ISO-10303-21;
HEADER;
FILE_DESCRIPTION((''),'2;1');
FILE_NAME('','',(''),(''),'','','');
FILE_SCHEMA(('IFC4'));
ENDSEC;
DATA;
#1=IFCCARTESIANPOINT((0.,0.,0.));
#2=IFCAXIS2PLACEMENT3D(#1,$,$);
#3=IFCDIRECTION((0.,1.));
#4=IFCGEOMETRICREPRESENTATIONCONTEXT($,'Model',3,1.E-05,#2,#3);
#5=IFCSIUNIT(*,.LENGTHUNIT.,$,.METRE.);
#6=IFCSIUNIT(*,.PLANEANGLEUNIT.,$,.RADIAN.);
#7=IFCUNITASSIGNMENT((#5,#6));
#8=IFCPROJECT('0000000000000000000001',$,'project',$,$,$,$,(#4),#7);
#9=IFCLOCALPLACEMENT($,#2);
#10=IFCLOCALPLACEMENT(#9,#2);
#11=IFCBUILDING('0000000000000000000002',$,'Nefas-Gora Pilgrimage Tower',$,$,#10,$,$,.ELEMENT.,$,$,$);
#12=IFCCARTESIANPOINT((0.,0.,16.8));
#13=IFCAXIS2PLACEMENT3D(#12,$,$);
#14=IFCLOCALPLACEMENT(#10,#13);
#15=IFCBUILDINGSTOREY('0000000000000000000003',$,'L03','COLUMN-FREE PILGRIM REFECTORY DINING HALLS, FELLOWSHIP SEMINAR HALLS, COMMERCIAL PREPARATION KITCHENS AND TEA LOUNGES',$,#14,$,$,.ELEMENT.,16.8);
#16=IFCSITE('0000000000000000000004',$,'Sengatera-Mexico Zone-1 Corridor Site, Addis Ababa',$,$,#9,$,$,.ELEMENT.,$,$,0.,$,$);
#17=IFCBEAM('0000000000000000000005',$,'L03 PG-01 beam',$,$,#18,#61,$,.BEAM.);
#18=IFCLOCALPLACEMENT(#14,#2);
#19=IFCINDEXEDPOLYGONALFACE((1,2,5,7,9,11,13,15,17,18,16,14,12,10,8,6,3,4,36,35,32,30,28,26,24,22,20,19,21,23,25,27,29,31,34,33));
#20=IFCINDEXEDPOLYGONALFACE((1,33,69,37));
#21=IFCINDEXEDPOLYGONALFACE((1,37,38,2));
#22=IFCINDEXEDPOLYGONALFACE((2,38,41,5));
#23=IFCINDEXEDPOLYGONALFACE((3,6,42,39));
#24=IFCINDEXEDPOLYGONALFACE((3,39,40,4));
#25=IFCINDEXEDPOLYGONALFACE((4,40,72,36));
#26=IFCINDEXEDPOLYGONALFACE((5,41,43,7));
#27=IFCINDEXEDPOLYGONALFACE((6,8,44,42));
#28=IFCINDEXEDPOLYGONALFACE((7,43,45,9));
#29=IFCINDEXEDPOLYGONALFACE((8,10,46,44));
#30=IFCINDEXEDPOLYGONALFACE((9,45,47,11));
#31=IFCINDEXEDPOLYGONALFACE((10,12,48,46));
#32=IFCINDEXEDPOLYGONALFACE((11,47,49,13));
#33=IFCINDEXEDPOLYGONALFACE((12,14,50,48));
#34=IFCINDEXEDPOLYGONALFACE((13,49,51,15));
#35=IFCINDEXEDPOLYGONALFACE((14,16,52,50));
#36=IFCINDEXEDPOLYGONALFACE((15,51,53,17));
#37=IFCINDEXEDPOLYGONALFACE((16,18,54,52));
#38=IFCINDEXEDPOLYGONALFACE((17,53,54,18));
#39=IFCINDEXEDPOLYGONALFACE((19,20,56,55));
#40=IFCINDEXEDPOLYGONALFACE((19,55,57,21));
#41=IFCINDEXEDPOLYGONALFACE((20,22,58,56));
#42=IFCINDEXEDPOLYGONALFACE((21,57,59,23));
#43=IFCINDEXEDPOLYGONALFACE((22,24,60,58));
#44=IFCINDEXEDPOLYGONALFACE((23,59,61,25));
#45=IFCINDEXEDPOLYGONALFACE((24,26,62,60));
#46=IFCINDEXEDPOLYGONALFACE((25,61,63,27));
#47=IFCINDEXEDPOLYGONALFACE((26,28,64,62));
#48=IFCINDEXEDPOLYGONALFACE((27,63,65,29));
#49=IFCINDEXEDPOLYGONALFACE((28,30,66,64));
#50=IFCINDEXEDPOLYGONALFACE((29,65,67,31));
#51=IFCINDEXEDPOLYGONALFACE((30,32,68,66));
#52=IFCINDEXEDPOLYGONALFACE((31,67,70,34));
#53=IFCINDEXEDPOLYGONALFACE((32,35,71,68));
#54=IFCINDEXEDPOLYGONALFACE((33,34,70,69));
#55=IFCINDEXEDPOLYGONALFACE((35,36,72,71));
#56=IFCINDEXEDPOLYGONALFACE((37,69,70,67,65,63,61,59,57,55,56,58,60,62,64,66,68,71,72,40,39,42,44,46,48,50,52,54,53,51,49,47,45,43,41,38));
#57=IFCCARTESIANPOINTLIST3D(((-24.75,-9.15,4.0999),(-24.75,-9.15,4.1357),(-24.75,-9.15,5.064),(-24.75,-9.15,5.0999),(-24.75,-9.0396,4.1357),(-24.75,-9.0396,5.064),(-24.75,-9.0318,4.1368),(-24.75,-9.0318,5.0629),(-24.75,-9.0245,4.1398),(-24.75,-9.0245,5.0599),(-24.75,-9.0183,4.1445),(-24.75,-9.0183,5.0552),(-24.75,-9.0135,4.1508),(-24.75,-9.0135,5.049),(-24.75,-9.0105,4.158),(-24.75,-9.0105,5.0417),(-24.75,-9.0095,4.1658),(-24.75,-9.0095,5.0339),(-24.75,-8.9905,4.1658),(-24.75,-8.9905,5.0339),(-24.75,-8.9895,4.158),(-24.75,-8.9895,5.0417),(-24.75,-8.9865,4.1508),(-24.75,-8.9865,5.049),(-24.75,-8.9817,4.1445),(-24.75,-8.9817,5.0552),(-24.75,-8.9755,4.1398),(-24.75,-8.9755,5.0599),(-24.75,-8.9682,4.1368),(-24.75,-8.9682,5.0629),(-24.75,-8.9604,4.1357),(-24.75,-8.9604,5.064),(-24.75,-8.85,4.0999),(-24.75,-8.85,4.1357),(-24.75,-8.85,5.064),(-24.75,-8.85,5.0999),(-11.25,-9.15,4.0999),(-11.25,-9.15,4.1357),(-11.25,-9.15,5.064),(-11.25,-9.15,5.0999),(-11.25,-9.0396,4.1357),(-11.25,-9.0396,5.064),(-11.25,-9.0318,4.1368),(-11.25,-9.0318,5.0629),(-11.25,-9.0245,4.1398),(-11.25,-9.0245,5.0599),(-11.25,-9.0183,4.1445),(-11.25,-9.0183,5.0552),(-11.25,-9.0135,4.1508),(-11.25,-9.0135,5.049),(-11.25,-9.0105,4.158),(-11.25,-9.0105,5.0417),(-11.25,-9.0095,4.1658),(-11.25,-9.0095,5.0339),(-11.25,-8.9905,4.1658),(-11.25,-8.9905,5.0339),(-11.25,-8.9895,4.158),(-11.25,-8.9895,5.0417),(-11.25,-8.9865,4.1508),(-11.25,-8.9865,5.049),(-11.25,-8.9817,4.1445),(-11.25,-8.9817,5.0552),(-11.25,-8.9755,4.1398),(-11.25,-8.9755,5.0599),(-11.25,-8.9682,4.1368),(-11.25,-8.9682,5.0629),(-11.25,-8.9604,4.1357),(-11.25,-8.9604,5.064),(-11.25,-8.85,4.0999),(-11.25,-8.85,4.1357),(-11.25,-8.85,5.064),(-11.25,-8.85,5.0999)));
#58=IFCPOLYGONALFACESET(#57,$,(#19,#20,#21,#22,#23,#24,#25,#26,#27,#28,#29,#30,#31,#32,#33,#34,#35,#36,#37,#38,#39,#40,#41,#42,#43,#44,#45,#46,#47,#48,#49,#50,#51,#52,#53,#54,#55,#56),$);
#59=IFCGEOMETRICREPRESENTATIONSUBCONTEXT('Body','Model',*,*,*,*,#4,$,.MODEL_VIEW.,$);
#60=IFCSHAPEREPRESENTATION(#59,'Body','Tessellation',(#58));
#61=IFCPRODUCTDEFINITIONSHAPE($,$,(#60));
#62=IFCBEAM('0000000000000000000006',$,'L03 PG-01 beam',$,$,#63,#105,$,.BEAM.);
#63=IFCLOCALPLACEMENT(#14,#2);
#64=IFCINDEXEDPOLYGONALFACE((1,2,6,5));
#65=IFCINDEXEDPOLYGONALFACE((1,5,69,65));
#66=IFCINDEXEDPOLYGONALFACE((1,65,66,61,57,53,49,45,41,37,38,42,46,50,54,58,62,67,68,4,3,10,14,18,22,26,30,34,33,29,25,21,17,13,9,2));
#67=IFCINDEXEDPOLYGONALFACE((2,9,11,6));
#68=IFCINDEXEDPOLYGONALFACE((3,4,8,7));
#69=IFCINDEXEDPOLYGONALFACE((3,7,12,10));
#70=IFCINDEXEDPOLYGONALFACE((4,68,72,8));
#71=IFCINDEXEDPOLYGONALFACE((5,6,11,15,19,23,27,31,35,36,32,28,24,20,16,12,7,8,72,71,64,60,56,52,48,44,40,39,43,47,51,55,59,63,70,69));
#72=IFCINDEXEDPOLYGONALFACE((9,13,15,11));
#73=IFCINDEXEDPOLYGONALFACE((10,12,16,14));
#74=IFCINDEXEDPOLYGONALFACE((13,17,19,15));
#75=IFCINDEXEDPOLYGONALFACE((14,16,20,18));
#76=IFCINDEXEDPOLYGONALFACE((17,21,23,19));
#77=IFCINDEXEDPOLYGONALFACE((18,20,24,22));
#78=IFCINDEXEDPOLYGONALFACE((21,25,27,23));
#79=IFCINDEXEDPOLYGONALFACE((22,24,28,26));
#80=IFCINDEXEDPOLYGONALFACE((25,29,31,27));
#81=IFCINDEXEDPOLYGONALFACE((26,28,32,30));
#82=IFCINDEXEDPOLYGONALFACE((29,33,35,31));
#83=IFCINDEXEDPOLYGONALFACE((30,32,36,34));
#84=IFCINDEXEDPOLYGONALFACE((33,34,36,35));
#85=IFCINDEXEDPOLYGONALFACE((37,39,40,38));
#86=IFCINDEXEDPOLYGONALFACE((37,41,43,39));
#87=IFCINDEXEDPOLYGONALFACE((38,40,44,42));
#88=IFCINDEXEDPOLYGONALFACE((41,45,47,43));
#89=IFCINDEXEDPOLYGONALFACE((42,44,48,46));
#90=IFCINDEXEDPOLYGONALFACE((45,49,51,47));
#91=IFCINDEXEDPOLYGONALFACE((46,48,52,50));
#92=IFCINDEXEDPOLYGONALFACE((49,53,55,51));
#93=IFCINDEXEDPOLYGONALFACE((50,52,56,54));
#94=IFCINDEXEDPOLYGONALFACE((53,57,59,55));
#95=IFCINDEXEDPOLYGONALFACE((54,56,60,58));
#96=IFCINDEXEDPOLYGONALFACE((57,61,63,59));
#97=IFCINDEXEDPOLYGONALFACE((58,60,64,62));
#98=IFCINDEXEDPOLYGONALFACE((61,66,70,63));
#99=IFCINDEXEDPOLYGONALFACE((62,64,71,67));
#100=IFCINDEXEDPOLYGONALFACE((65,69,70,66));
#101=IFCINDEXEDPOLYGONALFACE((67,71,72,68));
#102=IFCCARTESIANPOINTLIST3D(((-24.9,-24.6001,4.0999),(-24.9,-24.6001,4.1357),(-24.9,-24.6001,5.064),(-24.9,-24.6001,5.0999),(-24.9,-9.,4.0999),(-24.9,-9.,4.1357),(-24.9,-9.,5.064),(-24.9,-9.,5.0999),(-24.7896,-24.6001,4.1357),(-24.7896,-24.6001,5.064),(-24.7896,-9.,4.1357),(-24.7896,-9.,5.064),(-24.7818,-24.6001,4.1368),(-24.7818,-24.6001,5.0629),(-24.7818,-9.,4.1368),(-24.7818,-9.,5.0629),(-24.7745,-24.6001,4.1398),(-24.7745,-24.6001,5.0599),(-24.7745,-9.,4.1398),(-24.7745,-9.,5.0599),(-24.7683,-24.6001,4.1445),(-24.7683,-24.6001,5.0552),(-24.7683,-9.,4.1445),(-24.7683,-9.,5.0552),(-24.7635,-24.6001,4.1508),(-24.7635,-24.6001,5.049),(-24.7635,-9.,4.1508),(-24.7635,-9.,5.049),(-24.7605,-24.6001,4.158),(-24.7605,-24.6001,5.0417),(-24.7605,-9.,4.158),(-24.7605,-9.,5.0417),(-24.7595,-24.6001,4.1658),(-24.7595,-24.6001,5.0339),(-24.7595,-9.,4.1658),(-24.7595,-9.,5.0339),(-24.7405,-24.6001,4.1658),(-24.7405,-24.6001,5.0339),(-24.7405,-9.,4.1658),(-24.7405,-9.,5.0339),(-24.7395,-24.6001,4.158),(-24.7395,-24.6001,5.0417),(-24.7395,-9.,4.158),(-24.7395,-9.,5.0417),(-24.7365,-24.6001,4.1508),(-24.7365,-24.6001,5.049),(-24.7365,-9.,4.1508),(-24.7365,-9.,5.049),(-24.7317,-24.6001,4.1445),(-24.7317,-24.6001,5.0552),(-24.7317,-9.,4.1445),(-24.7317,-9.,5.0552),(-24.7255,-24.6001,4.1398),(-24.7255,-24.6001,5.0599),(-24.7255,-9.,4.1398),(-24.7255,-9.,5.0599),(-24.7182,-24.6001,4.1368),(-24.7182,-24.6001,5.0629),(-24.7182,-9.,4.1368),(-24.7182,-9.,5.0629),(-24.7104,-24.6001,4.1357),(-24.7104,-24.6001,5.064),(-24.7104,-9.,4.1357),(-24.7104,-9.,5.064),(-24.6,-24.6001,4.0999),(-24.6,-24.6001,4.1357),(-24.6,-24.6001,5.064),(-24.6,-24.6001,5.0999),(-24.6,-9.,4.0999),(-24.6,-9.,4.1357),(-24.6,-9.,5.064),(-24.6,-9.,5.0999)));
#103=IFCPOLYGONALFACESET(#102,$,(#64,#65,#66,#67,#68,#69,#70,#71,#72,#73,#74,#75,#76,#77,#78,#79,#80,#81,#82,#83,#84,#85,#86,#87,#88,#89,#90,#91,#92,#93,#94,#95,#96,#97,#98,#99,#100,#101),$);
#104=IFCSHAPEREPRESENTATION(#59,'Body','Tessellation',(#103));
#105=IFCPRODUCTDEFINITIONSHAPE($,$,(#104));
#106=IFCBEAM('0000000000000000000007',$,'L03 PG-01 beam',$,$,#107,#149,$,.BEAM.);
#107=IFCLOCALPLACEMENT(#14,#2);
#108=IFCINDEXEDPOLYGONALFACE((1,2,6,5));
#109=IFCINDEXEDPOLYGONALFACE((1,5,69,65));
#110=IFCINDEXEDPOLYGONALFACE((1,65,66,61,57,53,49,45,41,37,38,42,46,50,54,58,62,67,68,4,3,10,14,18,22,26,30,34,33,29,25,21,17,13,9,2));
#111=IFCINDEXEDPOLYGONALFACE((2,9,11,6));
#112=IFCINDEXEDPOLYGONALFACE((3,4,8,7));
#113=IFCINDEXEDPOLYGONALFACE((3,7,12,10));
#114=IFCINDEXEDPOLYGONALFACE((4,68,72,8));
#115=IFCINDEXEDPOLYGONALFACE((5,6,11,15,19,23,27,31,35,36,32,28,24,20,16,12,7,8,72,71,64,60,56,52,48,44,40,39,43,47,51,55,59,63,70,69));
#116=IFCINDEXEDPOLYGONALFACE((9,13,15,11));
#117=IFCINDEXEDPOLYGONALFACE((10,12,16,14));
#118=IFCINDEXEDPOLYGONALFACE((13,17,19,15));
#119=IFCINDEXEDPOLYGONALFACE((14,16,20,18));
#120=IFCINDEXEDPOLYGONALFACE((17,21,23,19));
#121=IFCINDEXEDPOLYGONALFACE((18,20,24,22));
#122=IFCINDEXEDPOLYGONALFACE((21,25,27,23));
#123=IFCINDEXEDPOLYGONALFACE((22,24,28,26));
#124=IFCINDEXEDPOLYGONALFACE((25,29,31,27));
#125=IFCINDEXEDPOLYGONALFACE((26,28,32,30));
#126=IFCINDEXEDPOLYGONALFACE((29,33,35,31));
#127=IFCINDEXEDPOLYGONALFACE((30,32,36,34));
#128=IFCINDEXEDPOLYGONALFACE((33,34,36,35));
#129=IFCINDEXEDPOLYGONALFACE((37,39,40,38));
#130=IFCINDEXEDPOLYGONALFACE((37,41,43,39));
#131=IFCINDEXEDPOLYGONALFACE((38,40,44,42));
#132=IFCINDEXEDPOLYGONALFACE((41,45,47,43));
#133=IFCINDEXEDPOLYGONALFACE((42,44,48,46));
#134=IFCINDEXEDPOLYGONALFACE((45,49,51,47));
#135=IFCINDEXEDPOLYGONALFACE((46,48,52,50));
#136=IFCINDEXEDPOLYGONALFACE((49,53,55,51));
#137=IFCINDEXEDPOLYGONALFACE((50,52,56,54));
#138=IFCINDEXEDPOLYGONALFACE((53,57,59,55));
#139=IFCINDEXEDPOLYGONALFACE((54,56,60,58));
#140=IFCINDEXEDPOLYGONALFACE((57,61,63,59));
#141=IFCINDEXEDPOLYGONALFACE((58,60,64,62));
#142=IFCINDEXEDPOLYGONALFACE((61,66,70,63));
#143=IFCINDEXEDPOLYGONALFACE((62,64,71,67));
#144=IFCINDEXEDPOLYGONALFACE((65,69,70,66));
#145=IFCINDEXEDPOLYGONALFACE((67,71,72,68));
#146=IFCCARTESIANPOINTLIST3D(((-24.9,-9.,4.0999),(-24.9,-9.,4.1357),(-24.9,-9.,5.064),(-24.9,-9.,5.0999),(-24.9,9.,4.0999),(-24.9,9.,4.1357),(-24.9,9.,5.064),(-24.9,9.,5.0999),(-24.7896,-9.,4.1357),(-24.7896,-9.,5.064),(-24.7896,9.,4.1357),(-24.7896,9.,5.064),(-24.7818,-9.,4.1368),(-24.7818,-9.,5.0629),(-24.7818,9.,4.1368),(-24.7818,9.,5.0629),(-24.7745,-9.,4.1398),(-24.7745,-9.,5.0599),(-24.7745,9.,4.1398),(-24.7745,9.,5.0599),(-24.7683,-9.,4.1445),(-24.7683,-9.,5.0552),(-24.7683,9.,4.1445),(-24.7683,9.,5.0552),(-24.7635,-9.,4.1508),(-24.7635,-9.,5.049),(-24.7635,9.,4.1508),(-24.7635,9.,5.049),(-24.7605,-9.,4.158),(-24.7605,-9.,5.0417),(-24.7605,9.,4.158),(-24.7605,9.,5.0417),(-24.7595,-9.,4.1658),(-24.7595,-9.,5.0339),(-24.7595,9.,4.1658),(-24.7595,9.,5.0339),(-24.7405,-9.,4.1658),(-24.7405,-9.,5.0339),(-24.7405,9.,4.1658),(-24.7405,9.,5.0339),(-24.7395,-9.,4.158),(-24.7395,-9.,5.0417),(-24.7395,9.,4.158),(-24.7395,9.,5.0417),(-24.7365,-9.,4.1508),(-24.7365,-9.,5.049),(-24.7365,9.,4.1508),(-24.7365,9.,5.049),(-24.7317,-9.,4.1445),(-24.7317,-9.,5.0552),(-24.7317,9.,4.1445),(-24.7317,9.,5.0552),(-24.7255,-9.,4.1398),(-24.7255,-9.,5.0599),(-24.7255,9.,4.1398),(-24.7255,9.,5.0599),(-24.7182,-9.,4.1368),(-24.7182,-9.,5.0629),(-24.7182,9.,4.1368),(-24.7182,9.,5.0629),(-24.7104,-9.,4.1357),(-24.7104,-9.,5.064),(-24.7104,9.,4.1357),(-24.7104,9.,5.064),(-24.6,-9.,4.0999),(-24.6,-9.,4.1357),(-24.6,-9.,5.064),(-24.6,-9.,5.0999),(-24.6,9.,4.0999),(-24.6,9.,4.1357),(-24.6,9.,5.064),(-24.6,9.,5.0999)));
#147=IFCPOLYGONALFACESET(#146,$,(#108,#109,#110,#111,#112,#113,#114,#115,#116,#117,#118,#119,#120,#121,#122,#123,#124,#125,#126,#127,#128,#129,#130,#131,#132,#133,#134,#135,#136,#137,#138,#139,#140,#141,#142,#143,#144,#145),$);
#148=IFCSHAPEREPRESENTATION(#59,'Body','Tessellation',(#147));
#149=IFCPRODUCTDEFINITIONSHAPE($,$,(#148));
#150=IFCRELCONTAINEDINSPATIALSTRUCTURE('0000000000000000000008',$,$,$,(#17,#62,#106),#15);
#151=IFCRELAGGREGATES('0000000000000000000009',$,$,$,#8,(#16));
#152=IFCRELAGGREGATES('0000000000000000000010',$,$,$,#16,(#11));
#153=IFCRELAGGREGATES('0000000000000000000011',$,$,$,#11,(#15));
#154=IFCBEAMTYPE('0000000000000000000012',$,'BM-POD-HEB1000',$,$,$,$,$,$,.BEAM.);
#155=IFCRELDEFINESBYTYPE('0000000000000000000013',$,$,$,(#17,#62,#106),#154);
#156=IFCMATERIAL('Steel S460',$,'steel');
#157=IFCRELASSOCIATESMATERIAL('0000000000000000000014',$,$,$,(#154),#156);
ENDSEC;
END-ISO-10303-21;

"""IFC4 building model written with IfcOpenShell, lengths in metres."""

from ifc_helpers import new_model, si_unit, direction, frame, origin, origin_2d, place, context, subcontext, project, spatial, i_section, extrude, source, transform, mapped, material, material_profile, profile_set, type_object, element, save


model = new_model("IFC4")

# Units and contexts
model_context = context("Model", 3, precision=1e-05, world=origin(), true_north=direction((0.0, 1.0)))
body_context = subcontext(model_context, "Body", "Model", "MODEL_VIEW")
ifc_project = project(units=[si_unit("LENGTHUNIT", "METRE"), si_unit("PLANEANGLEUNIT", "RADIAN")], contexts=[model_context])

# Site, building, storey
site_placement = place(None, origin())
site = spatial("IfcSite", under=ifc_project, at=site_placement, Name="Sengatera-Mexico Zone-1 Corridor Site, Addis Ababa", CompositionType="ELEMENT", RefElevation=0.0)
building_placement = place(site_placement, origin())
building = spatial("IfcBuilding", under=site, at=building_placement, Name="Nefas-Gora Pilgrimage Tower", CompositionType="ELEMENT")
storey_placement = place(building_placement, frame((0.0, 0.0, 16.8)))
storey = spatial("IfcBuildingStorey", under=building, at=storey_placement, Name="L03", Description="COLUMN-FREE PILGRIM REFECTORY DINING HALLS, FELLOWSHIP SEMINAR HALLS, COMMERCIAL PREPARATION KITCHENS AND TEA LOUNGES", CompositionType="ELEMENT", Elevation=16.8)

# Shared definitions
ifc_material_1 = material(Name="Steel S460", Category="steel")

# Beams
ifc_material_profile_1 = material_profile(ifc_material_1, i_section(OverallWidth=0.3, OverallDepth=1.0, WebThickness=0.019, FlangeThickness=0.0359, FilletRadius=0.03, at=origin_2d()), Name="HEB 1000")
ifc_profile_set_1 = profile_set([ifc_material_profile_1], Name="Steel S460")
beam_type_1 = type_object("IfcBeamType", Name="BM-POD-HEB1000", PredefinedType="BEAM", material=ifc_profile_set_1)
shared_shape_1 = source(origin(), body_context, "Body", "SweptSolid", [
    extrude(i_section(OverallWidth=0.3, OverallDepth=1.0, WebThickness=0.019, FlangeThickness=0.0359, FilletRadius=0.03, at=origin_2d()), origin(), (0.0, 0.0, 1.0), 13.5),
])
beam_1_placement = place(storey_placement, frame((-24.75, -9.0, 4.5999), z_axis=(1.0, 0.0, 0.0), x_axis=(0.0, 1.0, 0.0)))
element("IfcBeam", 1, at=beam_1_placement, inside=storey, type_object=beam_type_1, Name="L03 PG-01 beam", PredefinedType="BEAM", context=body_context, shape_type="MappedRepresentation", body=[
    mapped(shared_shape_1, transform((0.0, 0.0, 0.0), x_axis=(1.0, 0.0, 0.0), y_axis=(0.0, 1.0, 0.0), z_axis=(0.0, 0.0, 1.0), scale=1.0)),
])
shared_shape_2 = source(origin(), body_context, "Body", "SweptSolid", [
    extrude(i_section(OverallWidth=0.3, OverallDepth=1.0, WebThickness=0.019, FlangeThickness=0.0359, FilletRadius=0.03, at=origin_2d()), origin(), (0.0, 0.0, 1.0), 15.6001),
])
beam_2_placement = place(storey_placement, frame((-24.75, -24.6001, 4.5999), z_axis=(0.0, 1.0, 0.0), x_axis=(-1.0, 0.0, 0.0)))
element("IfcBeam", 2, at=beam_2_placement, inside=storey, type_object=beam_type_1, Name="L03 PG-01 beam", PredefinedType="BEAM", context=body_context, shape_type="MappedRepresentation", body=[
    mapped(shared_shape_2, transform((0.0, 0.0, 0.0), x_axis=(1.0, 0.0, 0.0), y_axis=(0.0, 1.0, 0.0), z_axis=(0.0, 0.0, 1.0), scale=1.0)),
])
shared_shape_3 = source(origin(), body_context, "Body", "SweptSolid", [
    extrude(i_section(OverallWidth=0.3, OverallDepth=1.0, WebThickness=0.019, FlangeThickness=0.0359, FilletRadius=0.03, at=origin_2d()), origin(), (0.0, 0.0, 1.0), 18.0),
])
beam_3_placement = place(storey_placement, frame((-24.75, -9.0, 4.5999), z_axis=(0.0, 1.0, 0.0), x_axis=(-1.0, 0.0, 0.0)))
element("IfcBeam", 3, at=beam_3_placement, inside=storey, type_object=beam_type_1, Name="L03 PG-01 beam", PredefinedType="BEAM", context=body_context, shape_type="MappedRepresentation", body=[
    mapped(shared_shape_3, transform((0.0, 0.0, 0.0), x_axis=(1.0, 0.0, 0.0), y_axis=(0.0, 1.0, 0.0), z_axis=(0.0, 0.0, 1.0), scale=1.0)),
])

save(model, "model.ifc")
